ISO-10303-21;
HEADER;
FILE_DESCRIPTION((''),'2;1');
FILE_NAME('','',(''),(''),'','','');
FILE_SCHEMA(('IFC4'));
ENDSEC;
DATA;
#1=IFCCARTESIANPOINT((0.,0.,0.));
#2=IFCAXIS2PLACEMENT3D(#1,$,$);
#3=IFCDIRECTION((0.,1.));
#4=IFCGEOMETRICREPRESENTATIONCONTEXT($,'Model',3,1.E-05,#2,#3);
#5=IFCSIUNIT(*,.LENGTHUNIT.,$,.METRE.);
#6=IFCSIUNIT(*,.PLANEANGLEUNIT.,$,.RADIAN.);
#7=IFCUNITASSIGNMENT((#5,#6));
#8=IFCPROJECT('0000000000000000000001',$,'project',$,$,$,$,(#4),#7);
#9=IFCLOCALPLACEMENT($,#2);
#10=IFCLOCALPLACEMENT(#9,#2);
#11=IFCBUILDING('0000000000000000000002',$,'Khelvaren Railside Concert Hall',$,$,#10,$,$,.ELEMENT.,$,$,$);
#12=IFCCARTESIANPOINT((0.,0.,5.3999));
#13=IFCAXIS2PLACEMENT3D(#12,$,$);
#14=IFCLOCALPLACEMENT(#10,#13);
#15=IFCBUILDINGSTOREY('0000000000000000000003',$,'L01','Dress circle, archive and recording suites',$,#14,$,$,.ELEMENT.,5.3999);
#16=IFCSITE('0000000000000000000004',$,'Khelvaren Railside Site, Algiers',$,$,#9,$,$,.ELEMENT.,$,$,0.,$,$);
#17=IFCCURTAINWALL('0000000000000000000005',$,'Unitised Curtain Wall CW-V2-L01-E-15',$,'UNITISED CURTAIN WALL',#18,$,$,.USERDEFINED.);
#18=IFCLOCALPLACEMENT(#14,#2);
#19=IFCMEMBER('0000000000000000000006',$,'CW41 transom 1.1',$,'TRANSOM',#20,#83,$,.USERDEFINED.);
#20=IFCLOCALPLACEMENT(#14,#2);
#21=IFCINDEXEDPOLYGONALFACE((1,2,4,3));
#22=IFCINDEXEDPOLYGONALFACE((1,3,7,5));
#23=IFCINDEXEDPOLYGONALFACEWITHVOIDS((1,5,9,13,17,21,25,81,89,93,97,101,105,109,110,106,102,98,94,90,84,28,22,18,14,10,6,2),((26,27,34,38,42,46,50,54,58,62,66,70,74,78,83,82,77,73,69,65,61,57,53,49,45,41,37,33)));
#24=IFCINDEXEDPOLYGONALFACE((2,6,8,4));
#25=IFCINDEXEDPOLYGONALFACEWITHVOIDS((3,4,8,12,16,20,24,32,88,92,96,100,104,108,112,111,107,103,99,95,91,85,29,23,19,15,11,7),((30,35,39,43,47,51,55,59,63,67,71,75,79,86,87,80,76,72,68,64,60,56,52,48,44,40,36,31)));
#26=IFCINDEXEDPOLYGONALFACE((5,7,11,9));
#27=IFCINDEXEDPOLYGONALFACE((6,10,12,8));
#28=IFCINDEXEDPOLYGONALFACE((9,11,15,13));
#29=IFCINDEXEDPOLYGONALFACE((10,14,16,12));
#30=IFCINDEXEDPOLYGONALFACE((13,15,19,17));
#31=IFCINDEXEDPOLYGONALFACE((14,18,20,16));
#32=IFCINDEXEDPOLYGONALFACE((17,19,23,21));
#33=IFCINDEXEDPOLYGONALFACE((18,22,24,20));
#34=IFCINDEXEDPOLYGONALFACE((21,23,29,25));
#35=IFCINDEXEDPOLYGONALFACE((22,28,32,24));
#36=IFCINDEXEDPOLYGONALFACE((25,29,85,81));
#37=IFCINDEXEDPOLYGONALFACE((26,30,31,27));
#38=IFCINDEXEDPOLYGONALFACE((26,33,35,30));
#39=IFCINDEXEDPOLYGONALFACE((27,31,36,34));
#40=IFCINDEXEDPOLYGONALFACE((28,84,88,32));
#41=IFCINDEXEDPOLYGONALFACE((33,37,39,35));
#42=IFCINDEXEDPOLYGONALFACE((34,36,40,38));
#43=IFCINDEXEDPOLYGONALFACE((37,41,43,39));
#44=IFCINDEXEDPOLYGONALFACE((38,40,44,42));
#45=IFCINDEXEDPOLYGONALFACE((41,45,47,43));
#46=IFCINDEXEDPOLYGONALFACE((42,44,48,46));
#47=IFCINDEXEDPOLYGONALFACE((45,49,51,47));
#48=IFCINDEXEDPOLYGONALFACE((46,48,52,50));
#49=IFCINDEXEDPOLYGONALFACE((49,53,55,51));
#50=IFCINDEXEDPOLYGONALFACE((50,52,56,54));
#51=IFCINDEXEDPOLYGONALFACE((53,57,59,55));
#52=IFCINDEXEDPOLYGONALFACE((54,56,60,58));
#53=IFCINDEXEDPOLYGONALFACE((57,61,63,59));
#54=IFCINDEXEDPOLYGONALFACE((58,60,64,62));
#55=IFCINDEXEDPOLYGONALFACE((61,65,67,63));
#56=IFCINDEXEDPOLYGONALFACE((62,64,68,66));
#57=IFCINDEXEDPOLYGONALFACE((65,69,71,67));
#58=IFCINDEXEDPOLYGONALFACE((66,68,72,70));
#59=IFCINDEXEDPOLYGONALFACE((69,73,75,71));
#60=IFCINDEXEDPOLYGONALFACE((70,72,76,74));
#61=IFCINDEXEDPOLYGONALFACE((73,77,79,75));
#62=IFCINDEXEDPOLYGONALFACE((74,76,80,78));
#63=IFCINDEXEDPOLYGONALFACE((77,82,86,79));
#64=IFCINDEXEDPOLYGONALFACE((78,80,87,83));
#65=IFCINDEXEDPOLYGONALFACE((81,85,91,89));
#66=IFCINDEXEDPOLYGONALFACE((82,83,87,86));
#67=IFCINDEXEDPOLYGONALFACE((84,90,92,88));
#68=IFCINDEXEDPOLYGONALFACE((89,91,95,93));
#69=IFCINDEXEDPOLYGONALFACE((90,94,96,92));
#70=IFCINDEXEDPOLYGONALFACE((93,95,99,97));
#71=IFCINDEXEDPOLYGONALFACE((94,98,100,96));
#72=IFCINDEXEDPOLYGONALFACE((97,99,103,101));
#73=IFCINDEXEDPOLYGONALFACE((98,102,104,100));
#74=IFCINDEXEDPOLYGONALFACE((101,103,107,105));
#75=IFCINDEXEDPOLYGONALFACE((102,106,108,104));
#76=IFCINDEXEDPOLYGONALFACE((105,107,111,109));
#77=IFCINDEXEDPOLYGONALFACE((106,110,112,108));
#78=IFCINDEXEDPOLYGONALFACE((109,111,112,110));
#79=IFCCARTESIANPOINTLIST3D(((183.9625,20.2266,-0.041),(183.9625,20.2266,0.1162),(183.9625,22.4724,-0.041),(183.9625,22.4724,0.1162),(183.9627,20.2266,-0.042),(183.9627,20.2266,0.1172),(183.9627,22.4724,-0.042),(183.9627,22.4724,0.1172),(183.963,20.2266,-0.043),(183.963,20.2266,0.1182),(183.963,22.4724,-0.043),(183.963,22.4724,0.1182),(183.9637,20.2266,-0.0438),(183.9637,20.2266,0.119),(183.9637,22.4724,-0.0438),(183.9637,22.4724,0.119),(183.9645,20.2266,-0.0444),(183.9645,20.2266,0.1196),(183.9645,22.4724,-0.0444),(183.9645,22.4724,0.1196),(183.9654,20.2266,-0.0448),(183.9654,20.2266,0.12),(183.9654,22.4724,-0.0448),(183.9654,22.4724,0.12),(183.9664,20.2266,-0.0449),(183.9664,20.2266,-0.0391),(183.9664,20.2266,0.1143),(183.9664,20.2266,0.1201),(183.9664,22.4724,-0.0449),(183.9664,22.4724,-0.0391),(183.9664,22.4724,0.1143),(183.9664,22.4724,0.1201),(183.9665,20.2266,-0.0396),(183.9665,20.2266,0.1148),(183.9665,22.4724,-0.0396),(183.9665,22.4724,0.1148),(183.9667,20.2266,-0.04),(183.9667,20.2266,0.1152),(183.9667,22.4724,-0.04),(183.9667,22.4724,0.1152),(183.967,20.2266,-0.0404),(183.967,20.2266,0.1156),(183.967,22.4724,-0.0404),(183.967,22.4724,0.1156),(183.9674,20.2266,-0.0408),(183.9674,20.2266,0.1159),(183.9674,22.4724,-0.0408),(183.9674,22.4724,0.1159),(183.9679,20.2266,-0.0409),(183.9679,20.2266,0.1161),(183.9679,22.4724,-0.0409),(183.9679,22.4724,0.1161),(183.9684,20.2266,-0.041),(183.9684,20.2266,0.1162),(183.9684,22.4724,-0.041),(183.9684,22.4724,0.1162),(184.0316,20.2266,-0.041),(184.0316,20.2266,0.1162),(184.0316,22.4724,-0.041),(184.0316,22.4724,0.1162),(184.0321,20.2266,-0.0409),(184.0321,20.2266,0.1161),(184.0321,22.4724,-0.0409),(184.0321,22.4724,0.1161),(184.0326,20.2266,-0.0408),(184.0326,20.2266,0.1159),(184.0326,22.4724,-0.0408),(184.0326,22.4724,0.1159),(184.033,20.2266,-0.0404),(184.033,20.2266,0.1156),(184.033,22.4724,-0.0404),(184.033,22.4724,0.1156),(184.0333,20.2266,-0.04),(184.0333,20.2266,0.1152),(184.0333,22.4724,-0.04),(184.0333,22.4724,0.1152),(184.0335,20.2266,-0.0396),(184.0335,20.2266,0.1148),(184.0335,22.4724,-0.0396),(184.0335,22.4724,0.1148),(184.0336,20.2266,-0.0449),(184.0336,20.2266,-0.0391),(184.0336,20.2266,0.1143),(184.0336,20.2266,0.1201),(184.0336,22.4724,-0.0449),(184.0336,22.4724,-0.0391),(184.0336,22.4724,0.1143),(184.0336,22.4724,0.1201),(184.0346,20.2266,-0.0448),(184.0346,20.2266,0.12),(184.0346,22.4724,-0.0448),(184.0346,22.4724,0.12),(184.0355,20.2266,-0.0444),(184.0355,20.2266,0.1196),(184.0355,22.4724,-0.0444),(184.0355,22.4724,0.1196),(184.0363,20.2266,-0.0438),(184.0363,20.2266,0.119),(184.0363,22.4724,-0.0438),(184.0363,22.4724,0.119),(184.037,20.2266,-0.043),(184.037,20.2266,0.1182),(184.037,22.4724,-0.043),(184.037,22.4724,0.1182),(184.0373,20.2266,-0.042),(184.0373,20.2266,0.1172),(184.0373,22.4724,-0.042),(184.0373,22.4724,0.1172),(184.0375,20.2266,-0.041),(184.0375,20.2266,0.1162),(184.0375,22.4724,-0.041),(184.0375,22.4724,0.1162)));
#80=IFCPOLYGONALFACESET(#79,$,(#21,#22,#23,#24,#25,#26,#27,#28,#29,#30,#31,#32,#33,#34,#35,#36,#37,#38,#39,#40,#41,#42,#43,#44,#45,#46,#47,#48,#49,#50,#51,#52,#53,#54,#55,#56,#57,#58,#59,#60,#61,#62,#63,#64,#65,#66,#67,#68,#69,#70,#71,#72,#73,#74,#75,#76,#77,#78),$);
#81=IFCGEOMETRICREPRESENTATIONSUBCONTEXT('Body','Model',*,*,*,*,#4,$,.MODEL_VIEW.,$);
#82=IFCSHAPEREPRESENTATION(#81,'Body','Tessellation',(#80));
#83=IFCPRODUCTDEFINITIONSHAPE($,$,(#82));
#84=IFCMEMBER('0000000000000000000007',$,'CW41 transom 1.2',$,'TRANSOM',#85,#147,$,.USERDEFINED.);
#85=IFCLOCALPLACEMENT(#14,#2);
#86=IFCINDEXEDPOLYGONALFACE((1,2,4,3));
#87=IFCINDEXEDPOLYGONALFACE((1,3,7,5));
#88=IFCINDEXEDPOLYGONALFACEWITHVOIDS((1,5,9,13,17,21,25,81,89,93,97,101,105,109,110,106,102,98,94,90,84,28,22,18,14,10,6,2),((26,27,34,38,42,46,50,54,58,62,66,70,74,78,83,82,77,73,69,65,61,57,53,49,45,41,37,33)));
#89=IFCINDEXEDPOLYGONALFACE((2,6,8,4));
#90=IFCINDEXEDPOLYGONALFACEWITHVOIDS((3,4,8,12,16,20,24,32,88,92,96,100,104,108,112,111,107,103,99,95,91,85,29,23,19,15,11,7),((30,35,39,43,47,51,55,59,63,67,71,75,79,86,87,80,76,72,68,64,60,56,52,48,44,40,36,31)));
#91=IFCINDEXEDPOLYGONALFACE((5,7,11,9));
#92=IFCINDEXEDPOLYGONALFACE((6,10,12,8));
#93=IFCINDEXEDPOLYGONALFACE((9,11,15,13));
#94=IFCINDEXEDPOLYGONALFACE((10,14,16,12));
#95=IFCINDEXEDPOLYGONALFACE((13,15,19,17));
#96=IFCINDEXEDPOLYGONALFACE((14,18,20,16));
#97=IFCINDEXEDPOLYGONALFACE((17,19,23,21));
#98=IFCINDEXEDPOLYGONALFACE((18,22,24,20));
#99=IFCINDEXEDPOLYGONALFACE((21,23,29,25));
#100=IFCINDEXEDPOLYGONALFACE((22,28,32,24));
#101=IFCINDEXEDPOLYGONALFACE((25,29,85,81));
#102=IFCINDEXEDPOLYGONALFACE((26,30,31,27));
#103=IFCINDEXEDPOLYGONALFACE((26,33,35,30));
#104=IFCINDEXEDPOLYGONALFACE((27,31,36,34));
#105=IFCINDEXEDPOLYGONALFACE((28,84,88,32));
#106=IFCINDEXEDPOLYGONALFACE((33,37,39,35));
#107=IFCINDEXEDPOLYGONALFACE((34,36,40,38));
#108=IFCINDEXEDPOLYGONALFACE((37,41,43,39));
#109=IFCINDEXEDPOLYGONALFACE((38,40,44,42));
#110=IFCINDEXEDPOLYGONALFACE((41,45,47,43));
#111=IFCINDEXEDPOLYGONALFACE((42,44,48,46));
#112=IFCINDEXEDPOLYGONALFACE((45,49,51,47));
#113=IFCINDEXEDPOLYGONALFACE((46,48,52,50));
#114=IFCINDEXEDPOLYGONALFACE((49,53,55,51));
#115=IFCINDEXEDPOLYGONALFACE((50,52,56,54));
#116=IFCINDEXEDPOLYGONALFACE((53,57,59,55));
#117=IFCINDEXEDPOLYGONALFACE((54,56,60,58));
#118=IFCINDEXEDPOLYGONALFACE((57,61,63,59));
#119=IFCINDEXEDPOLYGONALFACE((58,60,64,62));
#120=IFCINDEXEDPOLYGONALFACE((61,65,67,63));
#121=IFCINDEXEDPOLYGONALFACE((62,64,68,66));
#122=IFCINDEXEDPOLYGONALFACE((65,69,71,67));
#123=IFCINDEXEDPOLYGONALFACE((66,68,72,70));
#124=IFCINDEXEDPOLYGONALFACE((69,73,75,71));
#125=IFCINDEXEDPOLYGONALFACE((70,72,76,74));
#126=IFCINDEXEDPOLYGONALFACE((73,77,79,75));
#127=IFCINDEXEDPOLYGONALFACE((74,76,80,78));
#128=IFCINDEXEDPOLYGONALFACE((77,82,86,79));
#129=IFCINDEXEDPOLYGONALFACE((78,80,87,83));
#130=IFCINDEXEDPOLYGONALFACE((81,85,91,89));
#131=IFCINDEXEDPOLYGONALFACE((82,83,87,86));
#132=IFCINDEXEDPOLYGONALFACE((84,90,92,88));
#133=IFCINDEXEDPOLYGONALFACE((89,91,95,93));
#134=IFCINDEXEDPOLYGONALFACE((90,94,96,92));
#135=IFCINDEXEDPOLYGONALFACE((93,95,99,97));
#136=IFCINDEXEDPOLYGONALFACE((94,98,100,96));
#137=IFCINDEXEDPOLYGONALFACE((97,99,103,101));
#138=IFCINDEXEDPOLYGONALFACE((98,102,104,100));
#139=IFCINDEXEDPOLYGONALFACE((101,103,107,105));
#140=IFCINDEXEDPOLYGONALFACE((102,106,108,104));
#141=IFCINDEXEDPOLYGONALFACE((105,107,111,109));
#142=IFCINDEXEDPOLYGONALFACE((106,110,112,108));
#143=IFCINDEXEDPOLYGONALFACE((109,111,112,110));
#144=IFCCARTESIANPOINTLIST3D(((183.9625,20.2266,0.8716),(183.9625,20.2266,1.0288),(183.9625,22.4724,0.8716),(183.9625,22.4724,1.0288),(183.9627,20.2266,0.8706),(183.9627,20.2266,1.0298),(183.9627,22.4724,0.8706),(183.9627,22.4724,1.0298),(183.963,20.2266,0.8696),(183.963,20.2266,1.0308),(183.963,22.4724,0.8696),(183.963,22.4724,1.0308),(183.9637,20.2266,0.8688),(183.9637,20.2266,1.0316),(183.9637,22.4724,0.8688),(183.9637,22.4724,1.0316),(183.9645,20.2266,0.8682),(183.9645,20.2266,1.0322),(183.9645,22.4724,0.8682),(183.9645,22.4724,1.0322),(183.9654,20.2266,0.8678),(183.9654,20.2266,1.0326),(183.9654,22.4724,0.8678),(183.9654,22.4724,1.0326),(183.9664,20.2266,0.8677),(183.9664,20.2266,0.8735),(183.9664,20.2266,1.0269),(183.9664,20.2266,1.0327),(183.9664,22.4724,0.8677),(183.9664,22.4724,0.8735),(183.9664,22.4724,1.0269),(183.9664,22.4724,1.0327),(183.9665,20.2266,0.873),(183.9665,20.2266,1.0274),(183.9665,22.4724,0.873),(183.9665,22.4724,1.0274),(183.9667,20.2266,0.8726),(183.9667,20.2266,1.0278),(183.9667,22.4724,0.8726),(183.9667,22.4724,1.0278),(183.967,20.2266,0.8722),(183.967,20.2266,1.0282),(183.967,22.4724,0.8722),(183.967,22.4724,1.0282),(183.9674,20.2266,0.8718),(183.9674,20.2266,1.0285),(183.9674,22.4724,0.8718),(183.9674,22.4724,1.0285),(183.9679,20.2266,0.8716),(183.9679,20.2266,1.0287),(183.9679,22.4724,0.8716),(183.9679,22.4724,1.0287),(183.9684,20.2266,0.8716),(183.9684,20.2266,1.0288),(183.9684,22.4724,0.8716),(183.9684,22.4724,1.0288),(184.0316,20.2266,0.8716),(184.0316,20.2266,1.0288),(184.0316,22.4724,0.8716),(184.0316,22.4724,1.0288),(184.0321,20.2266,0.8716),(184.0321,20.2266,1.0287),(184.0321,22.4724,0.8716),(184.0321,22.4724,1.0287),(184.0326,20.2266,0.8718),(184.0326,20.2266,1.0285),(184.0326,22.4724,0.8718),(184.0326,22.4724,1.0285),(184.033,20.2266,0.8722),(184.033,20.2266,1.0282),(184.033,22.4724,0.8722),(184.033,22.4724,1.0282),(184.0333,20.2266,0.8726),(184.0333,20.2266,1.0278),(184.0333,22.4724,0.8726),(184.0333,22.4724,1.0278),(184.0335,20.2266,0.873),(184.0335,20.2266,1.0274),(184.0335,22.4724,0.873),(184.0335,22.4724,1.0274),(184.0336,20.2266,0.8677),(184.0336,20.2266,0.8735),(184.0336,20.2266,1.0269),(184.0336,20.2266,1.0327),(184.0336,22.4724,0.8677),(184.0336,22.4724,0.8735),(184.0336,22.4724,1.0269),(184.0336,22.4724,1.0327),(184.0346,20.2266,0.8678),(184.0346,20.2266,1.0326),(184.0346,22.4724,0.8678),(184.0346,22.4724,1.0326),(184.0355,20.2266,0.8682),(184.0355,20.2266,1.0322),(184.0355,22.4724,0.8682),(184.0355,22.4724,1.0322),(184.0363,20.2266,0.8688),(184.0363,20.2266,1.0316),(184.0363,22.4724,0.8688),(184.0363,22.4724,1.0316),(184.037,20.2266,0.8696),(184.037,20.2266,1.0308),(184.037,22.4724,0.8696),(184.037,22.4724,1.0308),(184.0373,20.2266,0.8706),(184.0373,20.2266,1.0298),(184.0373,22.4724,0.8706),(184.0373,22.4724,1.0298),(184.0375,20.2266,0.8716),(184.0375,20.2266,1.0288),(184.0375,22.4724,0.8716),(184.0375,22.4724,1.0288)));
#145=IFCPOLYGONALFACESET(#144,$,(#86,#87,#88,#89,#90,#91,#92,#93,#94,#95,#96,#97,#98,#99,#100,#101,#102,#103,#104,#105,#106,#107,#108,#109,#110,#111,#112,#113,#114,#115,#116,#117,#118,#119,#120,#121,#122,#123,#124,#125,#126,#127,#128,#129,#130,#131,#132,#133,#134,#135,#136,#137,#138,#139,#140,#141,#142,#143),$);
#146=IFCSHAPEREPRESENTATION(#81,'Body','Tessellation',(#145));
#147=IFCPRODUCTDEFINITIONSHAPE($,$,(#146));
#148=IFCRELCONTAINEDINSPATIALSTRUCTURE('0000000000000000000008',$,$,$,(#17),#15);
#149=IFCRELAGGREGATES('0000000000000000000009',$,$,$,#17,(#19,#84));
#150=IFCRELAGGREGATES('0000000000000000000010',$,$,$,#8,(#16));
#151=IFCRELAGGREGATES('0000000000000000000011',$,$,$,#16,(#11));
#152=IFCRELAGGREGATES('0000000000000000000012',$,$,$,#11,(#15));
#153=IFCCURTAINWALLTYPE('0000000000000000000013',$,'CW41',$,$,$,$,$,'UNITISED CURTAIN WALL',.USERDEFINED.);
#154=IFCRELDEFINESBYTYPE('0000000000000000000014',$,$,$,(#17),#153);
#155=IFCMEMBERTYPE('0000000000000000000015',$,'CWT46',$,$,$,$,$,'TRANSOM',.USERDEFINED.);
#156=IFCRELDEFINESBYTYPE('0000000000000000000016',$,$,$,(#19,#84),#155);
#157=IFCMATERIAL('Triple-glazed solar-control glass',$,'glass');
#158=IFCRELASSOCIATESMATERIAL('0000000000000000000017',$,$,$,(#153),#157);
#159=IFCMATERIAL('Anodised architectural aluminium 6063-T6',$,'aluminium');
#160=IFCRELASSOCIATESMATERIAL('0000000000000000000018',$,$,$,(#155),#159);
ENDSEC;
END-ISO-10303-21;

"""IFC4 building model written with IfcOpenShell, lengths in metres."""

from ifc_helpers import new_model, si_unit, direction, frame, origin, origin_2d, place, context, subcontext, project, spatial, hollow_rectangle, extrude, material, material_profile, profile_set, type_object, element, aggregate, save


model = new_model("IFC4")

# Units and contexts
model_context = context("Model", 3, precision=1e-05, world=origin(), true_north=direction((0.0, 1.0)))
body_context = subcontext(model_context, "Body", "Model", "MODEL_VIEW")
ifc_project = project(units=[si_unit("LENGTHUNIT", "METRE"), si_unit("PLANEANGLEUNIT", "RADIAN")], contexts=[model_context])

# Site, building, storey
site_placement = place(None, origin())
site = spatial("IfcSite", under=ifc_project, at=site_placement, Name="Khelvaren Railside Site, Algiers", CompositionType="ELEMENT", RefElevation=0.0)
building_placement = place(site_placement, origin())
building = spatial("IfcBuilding", under=site, at=building_placement, Name="Khelvaren Railside Concert Hall", CompositionType="ELEMENT")
storey_placement = place(building_placement, frame((0.0, 0.0, 5.3999)))
storey = spatial("IfcBuildingStorey", under=building, at=storey_placement, Name="L01", Description="Dress circle, archive and recording suites", CompositionType="ELEMENT", Elevation=5.3999)

# Curtain wall, members
ifc_material_1 = material(Name="Triple-glazed solar-control glass", Category="glass")
curtain_wall_type = type_object("IfcCurtainWallType", Name="CW41", ElementType="UNITISED CURTAIN WALL", PredefinedType="USERDEFINED", material=ifc_material_1)
curtain_wall_placement = place(storey_placement, origin())
curtain_wall = element("IfcCurtainWall", 1, at=curtain_wall_placement, inside=storey, type_object=curtain_wall_type, Name="Unitised Curtain Wall CW-V2-L01-E-15", ObjectType="UNITISED CURTAIN WALL", PredefinedType="USERDEFINED")
ifc_material_2 = material(Name="Anodised architectural aluminium 6063-T6", Category="aluminium")
ifc_material_profile_1 = material_profile(ifc_material_2, hollow_rectangle(XDim=0.075, YDim=0.165, WallThickness=0.0039, InnerFilletRadius=0.002, OuterFilletRadius=0.0039, at=origin_2d()), Name="CWT 75x165x4")
ifc_profile_set_1 = profile_set([ifc_material_profile_1], Name="Anodised architectural aluminium 6063-T6")
member_type_1 = type_object("IfcMemberType", Name="CWT46", ElementType="TRANSOM", PredefinedType="USERDEFINED", material=ifc_profile_set_1)
member_1_placement = place(storey_placement, frame((184.0, 22.4724, 0.0376), z_axis=(0.0, -1.0, 0.0), x_axis=(1.0, 0.0, 0.0)))
member_1 = element("IfcMember", 2, at=member_1_placement, type_object=member_type_1, Name="CW41 transom 1.1", ObjectType="TRANSOM", PredefinedType="USERDEFINED", context=body_context, shape_type="SweptSolid", body=[
    extrude(hollow_rectangle(XDim=0.075, YDim=0.165, WallThickness=0.0039, InnerFilletRadius=0.002, OuterFilletRadius=0.0039, at=origin_2d()), origin(), (0.0, 0.0, 1.0), 2.2458),
])
member_2_placement = place(storey_placement, frame((184.0, 22.4724, 0.9502), z_axis=(0.0, -1.0, 0.0), x_axis=(1.0, 0.0, 0.0)))
member_2 = element("IfcMember", 3, at=member_2_placement, type_object=member_type_1, Name="CW41 transom 1.2", ObjectType="TRANSOM", PredefinedType="USERDEFINED", context=body_context, shape_type="SweptSolid", body=[
    extrude(hollow_rectangle(XDim=0.075, YDim=0.165, WallThickness=0.0039, InnerFilletRadius=0.002, OuterFilletRadius=0.0039, at=origin_2d()), origin(), (0.0, 0.0, 1.0), 2.2458),
])

aggregate(curtain_wall, [member_1, member_2])

save(model, "model.ifc")
